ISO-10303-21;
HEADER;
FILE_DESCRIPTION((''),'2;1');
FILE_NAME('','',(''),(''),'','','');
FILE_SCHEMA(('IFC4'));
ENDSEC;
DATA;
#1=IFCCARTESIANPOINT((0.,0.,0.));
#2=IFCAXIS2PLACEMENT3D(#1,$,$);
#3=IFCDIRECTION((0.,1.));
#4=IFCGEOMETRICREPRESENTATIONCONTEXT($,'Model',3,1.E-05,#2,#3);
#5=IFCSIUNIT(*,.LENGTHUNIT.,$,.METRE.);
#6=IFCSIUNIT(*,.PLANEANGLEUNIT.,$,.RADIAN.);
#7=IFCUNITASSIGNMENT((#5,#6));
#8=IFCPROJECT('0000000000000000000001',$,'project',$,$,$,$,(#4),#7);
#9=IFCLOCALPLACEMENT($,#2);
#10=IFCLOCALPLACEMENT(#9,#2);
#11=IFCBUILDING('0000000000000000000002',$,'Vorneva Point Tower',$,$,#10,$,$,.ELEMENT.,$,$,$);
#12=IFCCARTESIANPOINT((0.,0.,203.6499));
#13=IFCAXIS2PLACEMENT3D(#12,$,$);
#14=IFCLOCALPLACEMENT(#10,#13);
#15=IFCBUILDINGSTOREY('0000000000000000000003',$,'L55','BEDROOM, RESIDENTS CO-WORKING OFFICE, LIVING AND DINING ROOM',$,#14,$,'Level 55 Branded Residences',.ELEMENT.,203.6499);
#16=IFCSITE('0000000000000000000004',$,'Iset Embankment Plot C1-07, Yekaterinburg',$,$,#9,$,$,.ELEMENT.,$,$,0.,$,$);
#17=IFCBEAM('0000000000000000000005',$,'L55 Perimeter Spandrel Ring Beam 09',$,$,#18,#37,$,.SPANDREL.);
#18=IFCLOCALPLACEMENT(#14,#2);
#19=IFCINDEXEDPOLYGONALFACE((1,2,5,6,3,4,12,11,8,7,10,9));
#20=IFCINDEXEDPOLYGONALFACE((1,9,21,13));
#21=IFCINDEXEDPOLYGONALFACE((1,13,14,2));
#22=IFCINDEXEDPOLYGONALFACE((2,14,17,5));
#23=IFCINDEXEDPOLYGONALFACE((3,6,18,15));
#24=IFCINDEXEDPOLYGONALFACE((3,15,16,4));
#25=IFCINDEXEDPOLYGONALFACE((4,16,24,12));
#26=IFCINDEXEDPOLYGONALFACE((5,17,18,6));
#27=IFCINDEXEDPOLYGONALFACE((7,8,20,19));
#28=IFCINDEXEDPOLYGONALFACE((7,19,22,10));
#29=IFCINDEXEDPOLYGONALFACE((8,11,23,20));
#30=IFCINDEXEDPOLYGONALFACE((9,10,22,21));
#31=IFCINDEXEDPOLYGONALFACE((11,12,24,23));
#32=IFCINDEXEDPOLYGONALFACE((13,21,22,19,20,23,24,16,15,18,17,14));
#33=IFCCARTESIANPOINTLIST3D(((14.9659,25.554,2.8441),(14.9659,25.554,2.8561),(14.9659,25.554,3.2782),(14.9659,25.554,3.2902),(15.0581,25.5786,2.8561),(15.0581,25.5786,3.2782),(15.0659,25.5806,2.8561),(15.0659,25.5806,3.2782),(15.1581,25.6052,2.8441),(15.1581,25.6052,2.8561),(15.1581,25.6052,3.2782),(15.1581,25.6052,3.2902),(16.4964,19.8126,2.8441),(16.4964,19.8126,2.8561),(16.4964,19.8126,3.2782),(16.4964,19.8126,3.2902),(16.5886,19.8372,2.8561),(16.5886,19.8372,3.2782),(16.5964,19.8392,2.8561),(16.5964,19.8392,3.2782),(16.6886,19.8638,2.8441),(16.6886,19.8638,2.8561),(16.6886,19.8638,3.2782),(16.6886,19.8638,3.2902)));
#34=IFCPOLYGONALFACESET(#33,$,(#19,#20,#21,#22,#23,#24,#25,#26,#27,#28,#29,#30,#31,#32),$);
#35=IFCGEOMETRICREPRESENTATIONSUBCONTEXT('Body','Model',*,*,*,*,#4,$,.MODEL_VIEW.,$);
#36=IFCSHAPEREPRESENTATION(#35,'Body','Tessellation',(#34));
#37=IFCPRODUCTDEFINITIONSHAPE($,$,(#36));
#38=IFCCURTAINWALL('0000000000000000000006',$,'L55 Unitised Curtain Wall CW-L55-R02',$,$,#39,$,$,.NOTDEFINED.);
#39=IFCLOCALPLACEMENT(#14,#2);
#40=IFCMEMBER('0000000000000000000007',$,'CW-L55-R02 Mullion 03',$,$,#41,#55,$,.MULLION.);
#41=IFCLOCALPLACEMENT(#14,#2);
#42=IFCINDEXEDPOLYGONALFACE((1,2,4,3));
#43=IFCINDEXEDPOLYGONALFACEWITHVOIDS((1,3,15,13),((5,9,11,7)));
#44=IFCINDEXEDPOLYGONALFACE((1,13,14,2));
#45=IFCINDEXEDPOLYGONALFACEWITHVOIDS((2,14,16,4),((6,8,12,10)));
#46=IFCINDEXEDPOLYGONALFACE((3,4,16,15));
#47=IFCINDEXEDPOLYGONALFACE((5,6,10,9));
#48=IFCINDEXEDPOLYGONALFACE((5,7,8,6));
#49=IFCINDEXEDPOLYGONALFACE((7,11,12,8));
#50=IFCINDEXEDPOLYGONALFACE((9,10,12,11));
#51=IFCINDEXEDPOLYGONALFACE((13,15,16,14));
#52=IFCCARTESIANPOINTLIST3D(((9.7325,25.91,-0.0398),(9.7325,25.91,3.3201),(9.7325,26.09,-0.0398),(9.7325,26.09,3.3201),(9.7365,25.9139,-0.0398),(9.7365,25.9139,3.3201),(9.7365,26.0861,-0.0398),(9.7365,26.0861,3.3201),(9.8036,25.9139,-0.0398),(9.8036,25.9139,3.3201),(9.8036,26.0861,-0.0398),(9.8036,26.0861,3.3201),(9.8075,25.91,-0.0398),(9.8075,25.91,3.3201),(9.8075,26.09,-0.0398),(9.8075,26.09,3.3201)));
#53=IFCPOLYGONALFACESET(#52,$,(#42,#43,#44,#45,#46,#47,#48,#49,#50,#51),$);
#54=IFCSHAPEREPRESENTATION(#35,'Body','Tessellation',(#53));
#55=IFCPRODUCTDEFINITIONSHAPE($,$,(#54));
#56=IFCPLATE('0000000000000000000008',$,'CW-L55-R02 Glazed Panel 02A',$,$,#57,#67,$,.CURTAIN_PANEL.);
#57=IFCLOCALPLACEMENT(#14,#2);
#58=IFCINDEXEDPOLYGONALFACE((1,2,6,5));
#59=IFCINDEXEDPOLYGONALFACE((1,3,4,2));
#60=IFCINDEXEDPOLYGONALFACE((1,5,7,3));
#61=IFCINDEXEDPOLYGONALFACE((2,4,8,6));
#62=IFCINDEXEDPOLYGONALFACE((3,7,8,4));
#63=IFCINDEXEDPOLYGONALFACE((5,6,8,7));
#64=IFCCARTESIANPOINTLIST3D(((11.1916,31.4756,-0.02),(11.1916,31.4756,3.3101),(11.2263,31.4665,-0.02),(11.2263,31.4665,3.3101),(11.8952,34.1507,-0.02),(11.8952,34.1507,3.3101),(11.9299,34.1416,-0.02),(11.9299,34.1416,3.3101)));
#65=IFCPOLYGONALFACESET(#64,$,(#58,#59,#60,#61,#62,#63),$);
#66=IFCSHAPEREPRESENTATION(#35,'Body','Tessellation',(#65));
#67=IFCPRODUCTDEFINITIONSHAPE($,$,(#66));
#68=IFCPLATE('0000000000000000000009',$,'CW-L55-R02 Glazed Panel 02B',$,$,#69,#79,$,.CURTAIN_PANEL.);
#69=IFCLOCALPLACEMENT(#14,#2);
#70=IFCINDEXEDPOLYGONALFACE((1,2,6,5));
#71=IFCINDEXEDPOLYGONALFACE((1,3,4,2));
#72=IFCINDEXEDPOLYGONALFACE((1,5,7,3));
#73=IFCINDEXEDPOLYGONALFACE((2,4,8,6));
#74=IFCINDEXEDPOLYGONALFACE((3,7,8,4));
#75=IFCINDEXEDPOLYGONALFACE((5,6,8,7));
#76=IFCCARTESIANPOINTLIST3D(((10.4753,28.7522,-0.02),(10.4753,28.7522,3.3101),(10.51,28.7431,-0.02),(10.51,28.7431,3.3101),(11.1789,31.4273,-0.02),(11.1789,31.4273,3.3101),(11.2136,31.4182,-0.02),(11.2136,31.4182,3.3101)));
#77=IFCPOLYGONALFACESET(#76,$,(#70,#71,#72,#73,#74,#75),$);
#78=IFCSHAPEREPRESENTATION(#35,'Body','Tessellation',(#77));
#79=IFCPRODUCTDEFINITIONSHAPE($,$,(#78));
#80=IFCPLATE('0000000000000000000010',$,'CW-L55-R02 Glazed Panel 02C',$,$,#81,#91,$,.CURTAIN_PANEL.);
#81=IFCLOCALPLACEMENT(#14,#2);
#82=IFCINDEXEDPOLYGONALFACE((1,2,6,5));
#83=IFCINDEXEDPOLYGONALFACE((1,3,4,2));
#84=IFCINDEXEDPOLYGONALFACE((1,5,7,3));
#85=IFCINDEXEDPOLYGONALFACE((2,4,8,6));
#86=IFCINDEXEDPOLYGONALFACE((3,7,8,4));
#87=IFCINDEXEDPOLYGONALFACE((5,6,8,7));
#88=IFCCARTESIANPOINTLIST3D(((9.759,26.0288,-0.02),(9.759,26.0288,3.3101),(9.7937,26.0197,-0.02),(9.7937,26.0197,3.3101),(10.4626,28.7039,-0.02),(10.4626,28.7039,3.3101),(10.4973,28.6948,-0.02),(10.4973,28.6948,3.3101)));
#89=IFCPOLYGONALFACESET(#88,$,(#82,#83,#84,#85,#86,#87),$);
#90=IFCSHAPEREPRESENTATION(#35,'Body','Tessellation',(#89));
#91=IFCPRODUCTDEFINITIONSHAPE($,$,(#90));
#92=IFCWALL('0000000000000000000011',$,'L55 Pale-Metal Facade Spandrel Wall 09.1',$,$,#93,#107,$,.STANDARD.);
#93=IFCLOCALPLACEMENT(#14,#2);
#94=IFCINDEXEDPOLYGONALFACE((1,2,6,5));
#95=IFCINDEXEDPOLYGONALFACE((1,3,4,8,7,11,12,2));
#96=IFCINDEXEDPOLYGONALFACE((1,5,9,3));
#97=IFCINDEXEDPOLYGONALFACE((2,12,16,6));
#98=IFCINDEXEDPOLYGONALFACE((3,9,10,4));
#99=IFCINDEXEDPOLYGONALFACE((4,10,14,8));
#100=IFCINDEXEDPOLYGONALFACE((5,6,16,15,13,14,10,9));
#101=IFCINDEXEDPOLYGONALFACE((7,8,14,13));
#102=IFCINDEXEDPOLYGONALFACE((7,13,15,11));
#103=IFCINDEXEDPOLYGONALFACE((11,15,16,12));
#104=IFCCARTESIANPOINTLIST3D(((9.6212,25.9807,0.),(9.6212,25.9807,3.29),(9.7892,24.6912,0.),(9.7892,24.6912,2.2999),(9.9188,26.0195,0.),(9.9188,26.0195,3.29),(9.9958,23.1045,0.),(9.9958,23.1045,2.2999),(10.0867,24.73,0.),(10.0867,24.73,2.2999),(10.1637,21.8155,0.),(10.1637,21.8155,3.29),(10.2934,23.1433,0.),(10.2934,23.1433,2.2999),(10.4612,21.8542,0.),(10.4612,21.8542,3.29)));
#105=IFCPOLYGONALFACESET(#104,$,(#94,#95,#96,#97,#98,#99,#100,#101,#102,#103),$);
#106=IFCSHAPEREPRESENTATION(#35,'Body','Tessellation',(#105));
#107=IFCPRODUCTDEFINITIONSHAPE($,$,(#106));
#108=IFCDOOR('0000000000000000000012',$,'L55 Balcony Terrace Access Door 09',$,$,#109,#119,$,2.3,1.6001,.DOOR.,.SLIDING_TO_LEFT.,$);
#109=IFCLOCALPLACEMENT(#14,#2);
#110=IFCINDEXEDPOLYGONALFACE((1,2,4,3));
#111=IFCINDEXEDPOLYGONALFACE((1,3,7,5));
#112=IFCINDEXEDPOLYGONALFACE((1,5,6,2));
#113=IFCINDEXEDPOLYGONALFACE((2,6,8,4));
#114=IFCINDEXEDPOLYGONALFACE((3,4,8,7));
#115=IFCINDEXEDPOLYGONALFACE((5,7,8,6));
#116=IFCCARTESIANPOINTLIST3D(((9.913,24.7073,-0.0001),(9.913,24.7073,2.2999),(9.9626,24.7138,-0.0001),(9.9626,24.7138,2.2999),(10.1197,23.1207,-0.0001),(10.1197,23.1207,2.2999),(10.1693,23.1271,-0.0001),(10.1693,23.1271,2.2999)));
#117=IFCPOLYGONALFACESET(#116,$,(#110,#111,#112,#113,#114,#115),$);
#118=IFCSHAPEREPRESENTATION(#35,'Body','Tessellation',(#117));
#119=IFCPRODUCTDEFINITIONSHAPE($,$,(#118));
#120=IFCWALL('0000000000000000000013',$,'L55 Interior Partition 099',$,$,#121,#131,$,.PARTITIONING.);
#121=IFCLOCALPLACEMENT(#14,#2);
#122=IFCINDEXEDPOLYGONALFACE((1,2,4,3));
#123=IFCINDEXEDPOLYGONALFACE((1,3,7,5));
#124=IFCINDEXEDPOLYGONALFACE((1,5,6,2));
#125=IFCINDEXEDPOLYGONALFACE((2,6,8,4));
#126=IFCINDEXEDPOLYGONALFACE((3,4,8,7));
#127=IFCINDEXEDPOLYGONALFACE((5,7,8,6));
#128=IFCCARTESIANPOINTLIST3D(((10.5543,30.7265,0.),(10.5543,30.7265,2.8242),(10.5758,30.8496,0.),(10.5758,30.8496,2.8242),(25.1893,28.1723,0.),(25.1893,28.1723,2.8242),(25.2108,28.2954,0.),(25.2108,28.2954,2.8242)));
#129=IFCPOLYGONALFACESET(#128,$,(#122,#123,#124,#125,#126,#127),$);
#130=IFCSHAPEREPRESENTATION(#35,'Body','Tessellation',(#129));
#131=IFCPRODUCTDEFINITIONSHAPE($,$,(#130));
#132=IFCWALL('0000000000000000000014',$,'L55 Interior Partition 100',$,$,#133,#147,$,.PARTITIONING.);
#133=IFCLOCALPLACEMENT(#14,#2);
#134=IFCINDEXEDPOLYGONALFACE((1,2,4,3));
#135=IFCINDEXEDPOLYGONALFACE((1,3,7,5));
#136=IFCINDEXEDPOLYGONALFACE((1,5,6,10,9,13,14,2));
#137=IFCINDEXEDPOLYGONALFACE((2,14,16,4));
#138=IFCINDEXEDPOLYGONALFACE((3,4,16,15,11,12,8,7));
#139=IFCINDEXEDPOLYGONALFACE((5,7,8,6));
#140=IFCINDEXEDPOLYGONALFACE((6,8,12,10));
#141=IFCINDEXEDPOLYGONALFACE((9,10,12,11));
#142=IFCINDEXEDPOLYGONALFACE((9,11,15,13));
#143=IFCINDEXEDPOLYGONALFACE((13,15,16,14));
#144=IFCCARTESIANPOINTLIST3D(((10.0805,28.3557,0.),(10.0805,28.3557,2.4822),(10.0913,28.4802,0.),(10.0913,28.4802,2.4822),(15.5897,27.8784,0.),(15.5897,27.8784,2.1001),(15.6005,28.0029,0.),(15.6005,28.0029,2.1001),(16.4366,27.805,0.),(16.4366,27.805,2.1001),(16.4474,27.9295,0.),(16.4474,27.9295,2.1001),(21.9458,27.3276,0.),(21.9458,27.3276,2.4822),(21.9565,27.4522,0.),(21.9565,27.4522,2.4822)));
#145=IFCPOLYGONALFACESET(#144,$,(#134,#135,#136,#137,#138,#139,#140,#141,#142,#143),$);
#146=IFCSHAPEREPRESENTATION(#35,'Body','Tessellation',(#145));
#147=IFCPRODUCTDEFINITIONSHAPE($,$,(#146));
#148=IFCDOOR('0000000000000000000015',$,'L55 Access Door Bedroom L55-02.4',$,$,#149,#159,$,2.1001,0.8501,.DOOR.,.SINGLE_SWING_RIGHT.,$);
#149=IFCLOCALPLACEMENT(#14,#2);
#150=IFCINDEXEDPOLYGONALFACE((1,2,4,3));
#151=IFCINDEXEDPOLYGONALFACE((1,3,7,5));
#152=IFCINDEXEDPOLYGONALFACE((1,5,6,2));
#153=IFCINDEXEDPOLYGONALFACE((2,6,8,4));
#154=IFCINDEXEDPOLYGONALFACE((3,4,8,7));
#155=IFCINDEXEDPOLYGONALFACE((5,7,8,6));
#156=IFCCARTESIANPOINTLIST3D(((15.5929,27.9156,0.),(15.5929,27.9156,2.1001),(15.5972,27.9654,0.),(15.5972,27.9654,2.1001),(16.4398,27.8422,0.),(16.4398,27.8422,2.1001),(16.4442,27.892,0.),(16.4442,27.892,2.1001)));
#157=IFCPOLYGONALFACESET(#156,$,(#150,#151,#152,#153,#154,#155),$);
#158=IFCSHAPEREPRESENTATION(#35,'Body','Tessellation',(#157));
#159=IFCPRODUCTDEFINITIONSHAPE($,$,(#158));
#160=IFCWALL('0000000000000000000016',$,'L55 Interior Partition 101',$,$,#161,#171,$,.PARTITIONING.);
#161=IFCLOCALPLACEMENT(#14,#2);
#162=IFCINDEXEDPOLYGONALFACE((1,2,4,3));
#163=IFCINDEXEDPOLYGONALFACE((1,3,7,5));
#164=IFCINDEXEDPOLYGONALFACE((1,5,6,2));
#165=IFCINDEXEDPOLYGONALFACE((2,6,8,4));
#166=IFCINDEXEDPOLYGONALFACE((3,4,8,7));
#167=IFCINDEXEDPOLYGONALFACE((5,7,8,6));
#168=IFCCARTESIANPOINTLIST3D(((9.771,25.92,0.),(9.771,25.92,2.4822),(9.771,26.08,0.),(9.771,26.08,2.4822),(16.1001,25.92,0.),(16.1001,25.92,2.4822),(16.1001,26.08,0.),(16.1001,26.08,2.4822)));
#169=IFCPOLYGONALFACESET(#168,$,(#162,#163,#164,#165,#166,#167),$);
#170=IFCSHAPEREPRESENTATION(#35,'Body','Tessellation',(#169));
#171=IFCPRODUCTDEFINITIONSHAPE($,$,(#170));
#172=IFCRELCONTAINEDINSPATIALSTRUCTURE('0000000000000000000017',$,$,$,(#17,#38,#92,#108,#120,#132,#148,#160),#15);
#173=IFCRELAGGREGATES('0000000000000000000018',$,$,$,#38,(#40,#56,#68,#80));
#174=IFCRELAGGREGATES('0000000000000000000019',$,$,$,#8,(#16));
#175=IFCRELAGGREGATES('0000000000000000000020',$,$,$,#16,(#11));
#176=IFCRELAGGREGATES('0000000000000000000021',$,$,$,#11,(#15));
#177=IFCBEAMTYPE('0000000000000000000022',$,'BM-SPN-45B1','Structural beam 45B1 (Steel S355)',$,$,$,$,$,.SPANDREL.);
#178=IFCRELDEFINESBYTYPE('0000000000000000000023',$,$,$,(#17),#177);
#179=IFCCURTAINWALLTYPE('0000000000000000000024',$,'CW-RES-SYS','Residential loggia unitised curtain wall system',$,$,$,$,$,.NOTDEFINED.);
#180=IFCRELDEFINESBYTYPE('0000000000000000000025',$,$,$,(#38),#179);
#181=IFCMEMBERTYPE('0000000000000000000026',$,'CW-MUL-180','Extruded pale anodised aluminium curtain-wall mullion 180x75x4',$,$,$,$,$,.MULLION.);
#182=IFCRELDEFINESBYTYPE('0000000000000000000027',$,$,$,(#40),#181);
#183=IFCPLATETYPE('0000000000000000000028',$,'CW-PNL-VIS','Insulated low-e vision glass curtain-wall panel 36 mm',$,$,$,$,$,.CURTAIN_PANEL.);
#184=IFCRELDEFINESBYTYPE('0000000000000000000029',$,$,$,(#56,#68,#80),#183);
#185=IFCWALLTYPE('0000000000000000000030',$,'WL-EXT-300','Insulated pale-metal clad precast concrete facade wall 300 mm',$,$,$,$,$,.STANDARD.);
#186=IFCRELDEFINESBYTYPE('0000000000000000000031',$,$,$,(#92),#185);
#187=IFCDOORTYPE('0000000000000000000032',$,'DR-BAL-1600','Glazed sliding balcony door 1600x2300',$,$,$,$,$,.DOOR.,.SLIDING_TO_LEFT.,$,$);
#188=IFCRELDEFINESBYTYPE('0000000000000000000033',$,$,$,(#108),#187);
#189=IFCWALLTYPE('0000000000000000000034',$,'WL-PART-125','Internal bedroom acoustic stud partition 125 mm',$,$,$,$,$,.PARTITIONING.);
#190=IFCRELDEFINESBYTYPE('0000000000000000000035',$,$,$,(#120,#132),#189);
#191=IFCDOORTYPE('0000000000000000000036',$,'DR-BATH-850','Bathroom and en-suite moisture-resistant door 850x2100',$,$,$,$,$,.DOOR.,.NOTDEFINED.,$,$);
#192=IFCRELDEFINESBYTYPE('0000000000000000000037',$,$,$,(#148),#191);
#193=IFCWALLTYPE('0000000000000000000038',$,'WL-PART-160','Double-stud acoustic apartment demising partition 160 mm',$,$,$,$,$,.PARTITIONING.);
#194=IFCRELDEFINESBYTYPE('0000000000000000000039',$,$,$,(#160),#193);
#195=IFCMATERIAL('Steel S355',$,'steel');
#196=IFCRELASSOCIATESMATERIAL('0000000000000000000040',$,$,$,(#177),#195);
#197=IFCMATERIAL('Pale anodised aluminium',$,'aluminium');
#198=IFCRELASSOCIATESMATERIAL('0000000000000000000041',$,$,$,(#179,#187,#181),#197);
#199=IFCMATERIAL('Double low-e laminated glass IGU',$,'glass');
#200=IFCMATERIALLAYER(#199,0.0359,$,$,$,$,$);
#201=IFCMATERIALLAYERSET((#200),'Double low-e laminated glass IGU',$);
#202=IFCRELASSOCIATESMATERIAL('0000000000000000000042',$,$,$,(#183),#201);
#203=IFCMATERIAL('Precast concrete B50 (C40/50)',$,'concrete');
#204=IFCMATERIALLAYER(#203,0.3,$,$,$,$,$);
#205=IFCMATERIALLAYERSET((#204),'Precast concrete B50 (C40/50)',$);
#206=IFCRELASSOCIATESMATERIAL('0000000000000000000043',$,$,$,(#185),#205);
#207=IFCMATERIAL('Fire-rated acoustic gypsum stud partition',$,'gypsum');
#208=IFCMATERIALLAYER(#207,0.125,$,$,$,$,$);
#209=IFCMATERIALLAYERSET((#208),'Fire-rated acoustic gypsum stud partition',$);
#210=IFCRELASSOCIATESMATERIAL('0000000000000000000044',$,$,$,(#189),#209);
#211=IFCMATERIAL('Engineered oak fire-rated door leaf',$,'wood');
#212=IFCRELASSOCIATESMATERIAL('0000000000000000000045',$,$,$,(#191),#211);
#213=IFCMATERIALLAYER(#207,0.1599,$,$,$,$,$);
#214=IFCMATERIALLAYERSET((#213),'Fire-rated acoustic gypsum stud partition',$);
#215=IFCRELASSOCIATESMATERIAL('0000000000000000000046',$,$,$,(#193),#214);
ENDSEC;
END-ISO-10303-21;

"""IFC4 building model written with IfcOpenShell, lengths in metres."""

from ifc_helpers import new_model, si_unit, direction, frame, frame_2d, origin, origin_2d, place, context, subcontext, project, spatial, rectangle, hollow_rectangle, i_section, extrude, material, layer, layer_set, material_profile, profile_set, type_object, element, fill, aggregate, save


model = new_model("IFC4")

# Units and contexts
model_context = context("Model", 3, precision=1e-05, world=origin(), true_north=direction((0.0, 1.0)))
body_context = subcontext(model_context, "Body", "Model", "MODEL_VIEW")
ifc_project = project(units=[si_unit("LENGTHUNIT", "METRE"), si_unit("PLANEANGLEUNIT", "RADIAN")], contexts=[model_context])

# Site, building, storey
site_placement = place(None, origin())
site = spatial("IfcSite", under=ifc_project, at=site_placement, Name="Iset Embankment Plot C1-07, Yekaterinburg", CompositionType="ELEMENT", RefElevation=0.0)
building_placement = place(site_placement, origin())
building = spatial("IfcBuilding", under=site, at=building_placement, Name="Vorneva Point Tower", CompositionType="ELEMENT")
storey_placement = place(building_placement, frame((0.0, 0.0, 203.6499)))
storey = spatial("IfcBuildingStorey", under=building, at=storey_placement, Name="L55", Description="BEDROOM, RESIDENTS CO-WORKING OFFICE, LIVING AND DINING ROOM", LongName="Level 55 Branded Residences", CompositionType="ELEMENT", Elevation=203.6499)

# Beam
ifc_material_1 = material(Name="Steel S355", Category="steel")
ifc_material_profile_1 = material_profile(ifc_material_1, i_section(OverallWidth=0.199, OverallDepth=0.446, WebThickness=0.0081, FlangeThickness=0.012, at=origin_2d()), Name="45B1")
ifc_profile_set_1 = profile_set([ifc_material_profile_1], Name="Steel S355")
beam_type_1 = type_object("IfcBeamType", Name="BM-SPN-45B1", Description="Structural beam 45B1 (Steel S355)", PredefinedType="SPANDREL", material=ifc_profile_set_1)
for number, where, z_axis, x_axis, name in (
    (1, (15.062, 25.5796, 3.0671), (0.257578, -0.966257, 0.0), (0.966257, 0.257578, 0.0), "L55 Perimeter Spandrel Ring Beam 09"),
):
    element("IfcBeam", number, at=place(storey_placement, frame(where, z_axis=z_axis, x_axis=x_axis)), inside=storey, type_object=beam_type_1, Name=name, PredefinedType="SPANDREL", context=body_context, shape_type="SweptSolid", body=[
        extrude(i_section(OverallWidth=0.199, OverallDepth=0.446, WebThickness=0.0081, FlangeThickness=0.012, at=origin_2d()), origin(), (0.0, 0.0, 1.0), 5.9419),
    ])

# Curtain wall, member, plates
ifc_material_2 = material(Name="Pale anodised aluminium", Category="aluminium")
curtain_wall_type = type_object("IfcCurtainWallType", Name="CW-RES-SYS", Description="Residential loggia unitised curtain wall system", PredefinedType="NOTDEFINED", material=ifc_material_2)
curtain_wall_placement = place(storey_placement, origin())
curtain_wall = element("IfcCurtainWall", 2, at=curtain_wall_placement, inside=storey, type_object=curtain_wall_type, Name="L55 Unitised Curtain Wall CW-L55-R02", PredefinedType="NOTDEFINED")
ifc_material_profile_2 = material_profile(ifc_material_2, hollow_rectangle(XDim=0.075, YDim=0.1799, WallThickness=0.0039, at=origin_2d()), Name="AL-MUL 180x75x4")
ifc_profile_set_2 = profile_set([ifc_material_profile_2], Name="Pale anodised aluminium")
member_type = type_object("IfcMemberType", Name="CW-MUL-180", Description="Extruded pale anodised aluminium curtain-wall mullion 180x75x4", PredefinedType="MULLION", material=ifc_profile_set_2)
member_placement = place(storey_placement, frame((9.77, 26.0, -0.0398), z_axis=(0.0, 0.0, 1.0), x_axis=(1.0, 0.0, 0.0)))
member = element("IfcMember", 3, at=member_placement, type_object=member_type, Name="CW-L55-R02 Mullion 03", PredefinedType="MULLION", context=body_context, shape_type="SweptSolid", body=[
    extrude(hollow_rectangle(XDim=0.075, YDim=0.1799, WallThickness=0.0039, at=origin_2d()), origin(), (0.0, 0.0, 1.0), 3.3599),
])
ifc_material_3 = material(Name="Double low-e laminated glass IGU", Category="glass")
ifc_layer_1 = layer(ifc_material_3, 0.0359)
ifc_layer_set_1 = layer_set([ifc_layer_1], Name="Double low-e laminated glass IGU")
plate_type = type_object("IfcPlateType", Name="CW-PNL-VIS", Description="Insulated low-e vision glass curtain-wall panel 36 mm", PredefinedType="CURTAIN_PANEL", material=ifc_layer_set_1)
plate_1_placement = place(storey_placement, frame((11.5608, 32.8086, -0.02), z_axis=(0.0, 0.0, 1.0), x_axis=(-0.254366, -0.967108, 0.0)))
plate_1 = element("IfcPlate", 4, at=plate_1_placement, type_object=plate_type, Name="CW-L55-R02 Glazed Panel 02A", PredefinedType="CURTAIN_PANEL", context=body_context, shape_type="SweptSolid", body=[
    extrude(rectangle(XDim=2.7661, YDim=0.0359, at=origin_2d()), origin(), (0.0, 0.0, 1.0), 3.3301),
])
plate_2_placement = place(storey_placement, frame((10.8445, 30.0852, -0.02), z_axis=(0.0, 0.0, 1.0), x_axis=(-0.254366, -0.967108, 0.0)))
plate_2 = element("IfcPlate", 5, at=plate_2_placement, type_object=plate_type, Name="CW-L55-R02 Glazed Panel 02B", PredefinedType="CURTAIN_PANEL", context=body_context, shape_type="SweptSolid", body=[
    extrude(rectangle(XDim=2.7661, YDim=0.0359, at=origin_2d()), origin(), (0.0, 0.0, 1.0), 3.3301),
])
plate_3_placement = place(storey_placement, frame((10.1282, 27.3618, -0.02), z_axis=(0.0, 0.0, 1.0), x_axis=(-0.254366, -0.967108, 0.0)))
plate_3 = element("IfcPlate", 6, at=plate_3_placement, type_object=plate_type, Name="CW-L55-R02 Glazed Panel 02C", PredefinedType="CURTAIN_PANEL", context=body_context, shape_type="SweptSolid", body=[
    extrude(rectangle(XDim=2.7661, YDim=0.0359, at=origin_2d()), origin(), (0.0, 0.0, 1.0), 3.3301),
])
aggregate(curtain_wall, [member, plate_1, plate_2, plate_3])

# Wall, opening, door
ifc_material_4 = material(Name="Precast concrete B50 (C40/50)", Category="concrete")
ifc_layer_2 = layer(ifc_material_4, 0.3)
ifc_layer_set_2 = layer_set([ifc_layer_2], Name="Precast concrete B50 (C40/50)")
wall_type_1 = type_object("IfcWallType", Name="WL-EXT-300", Description="Insulated pale-metal clad precast concrete facade wall 300 mm", PredefinedType="STANDARD", material=ifc_layer_set_2)
wall_1_placement = place(storey_placement, frame((9.77, 26.0, 0.0), z_axis=(0.0, 0.0, 1.0), x_axis=(0.129148, -0.991625, 0.0)))
wall_1 = element("IfcWall", 7, at=wall_1_placement, inside=storey, type_object=wall_type_1, Name="L55 Pale-Metal Facade Spandrel Wall 09.1", PredefinedType="STANDARD", context=body_context, shape_type="SweptSolid", body=[
    extrude(rectangle(XDim=4.2004, YDim=0.3, at=frame_2d((2.1001, 0.0))), origin(), (0.0, 0.0, 1.0), 3.29),
])
opening_1_placement = place(wall_1_placement, frame((1.3003, 0.0, 0.0)))
opening_1 = element("IfcOpeningElement", 8, at=opening_1_placement, cuts=wall_1, PredefinedType="OPENING", context=body_context, shape_type="SweptSolid", body=[
    extrude(rectangle(XDim=1.6001, YDim=2.3, at=frame_2d((0.8, 1.1499))), frame((0.0, 0.165, 0.0), z_axis=(0.0, -1.0, 0.0), x_axis=(1.0, 0.0, 0.0)), (0.0, 0.0, 1.0), 0.3298),
])
door_type_1 = type_object("IfcDoorType", Name="DR-BAL-1600", Description="Glazed sliding balcony door 1600x2300", OperationType="SLIDING_TO_LEFT", PredefinedType="DOOR", material=ifc_material_2)
door_1_placement = place(opening_1_placement, origin())
door_1 = element("IfcDoor", 9, at=door_1_placement, inside=storey, type_object=door_type_1, Name="L55 Balcony Terrace Access Door 09", OperationType="SLIDING_TO_LEFT", OverallHeight=2.3, OverallWidth=1.6001, PredefinedType="DOOR", context=body_context, shape_type="SweptSolid", body=[
    extrude(rectangle(XDim=1.6001, YDim=2.3, at=frame_2d((0.8, 1.1499))), frame((0.0, 0.0249, 0.0), z_axis=(0.0, -1.0, 0.0), x_axis=(1.0, 0.0, 0.0)), (0.0, 0.0, 1.0), 0.05),
])
fill(opening_1, door_1)

# Wall
ifc_material_5 = material(Name="Fire-rated acoustic gypsum stud partition", Category="gypsum")
ifc_layer_3 = layer(ifc_material_5, 0.125)
ifc_layer_set_3 = layer_set([ifc_layer_3], Name="Fire-rated acoustic gypsum stud partition")
wall_type_2 = type_object("IfcWallType", Name="WL-PART-125", Description="Internal bedroom acoustic stud partition 125 mm", PredefinedType="PARTITIONING", material=ifc_layer_set_3)
wall_2_placement = place(storey_placement, frame((10.5649, 30.7881, 0.0), z_axis=(0.0, 0.0, 1.0), x_axis=(0.98511, -0.171928, 0.0)))
element("IfcWall", 10, at=wall_2_placement, inside=storey, type_object=wall_type_2, Name="L55 Interior Partition 099", PredefinedType="PARTITIONING", context=body_context, shape_type="SweptSolid", body=[
    extrude(rectangle(XDim=14.8562, YDim=0.125, at=frame_2d((7.4282, 0.0))), origin(), (0.0, 0.0, 1.0), 2.8242),
])

# Wall, opening, door
wall_3_placement = place(storey_placement, frame((10.0859, 28.418, 0.0), z_axis=(0.0, 0.0, 1.0), x_axis=(0.996267, -0.086323, 0.0)))
wall_3 = element("IfcWall", 11, at=wall_3_placement, inside=storey, type_object=wall_type_2, Name="L55 Interior Partition 100", PredefinedType="PARTITIONING", context=body_context, shape_type="SweptSolid", body=[
    extrude(rectangle(XDim=11.9097, YDim=0.125, at=frame_2d((5.9548, 0.0))), origin(), (0.0, 0.0, 1.0), 2.4822),
])
opening_2_placement = place(wall_3_placement, frame((5.5298, 0.0, 0.0)))
opening_2 = element("IfcOpeningElement", 12, at=opening_2_placement, cuts=wall_3, PredefinedType="OPENING", context=body_context, shape_type="SweptSolid", body=[
    extrude(rectangle(XDim=0.8501, YDim=2.1001, at=frame_2d((0.425, 1.05))), frame((0.0, 0.0774, 0.0), z_axis=(0.0, -1.0, 0.0), x_axis=(1.0, 0.0, 0.0)), (0.0, 0.0, 1.0), 0.1548),
])
ifc_material_6 = material(Name="Engineered oak fire-rated door leaf", Category="wood")
door_type_2 = type_object("IfcDoorType", Name="DR-BATH-850", Description="Bathroom and en-suite moisture-resistant door 850x2100", OperationType="NOTDEFINED", PredefinedType="DOOR", material=ifc_material_6)
door_2_placement = place(opening_2_placement, origin())
door_2 = element("IfcDoor", 13, at=door_2_placement, inside=storey, type_object=door_type_2, Name="L55 Access Door Bedroom L55-02.4", OperationType="SINGLE_SWING_RIGHT", OverallHeight=2.1001, OverallWidth=0.8501, PredefinedType="DOOR", context=body_context, shape_type="SweptSolid", body=[
    extrude(rectangle(XDim=0.8501, YDim=2.1001, at=frame_2d((0.425, 1.05))), frame((0.0, 0.0249, 0.0), z_axis=(0.0, -1.0, 0.0), x_axis=(1.0, 0.0, 0.0)), (0.0, 0.0, 1.0), 0.05),
])
fill(opening_2, door_2)

# Wall
ifc_layer_4 = layer(ifc_material_5, 0.1599)
ifc_layer_set_4 = layer_set([ifc_layer_4], Name="Fire-rated acoustic gypsum stud partition")
wall_type_3 = type_object("IfcWallType", Name="WL-PART-160", Description="Double-stud acoustic apartment demising partition 160 mm", PredefinedType="PARTITIONING", material=ifc_layer_set_4)
wall_4_placement = place(storey_placement, frame((9.771, 26.0, 0.0), z_axis=(0.0, 0.0, 1.0), x_axis=(1.0, 0.0, 0.0)))
element("IfcWall", 14, at=wall_4_placement, inside=storey, type_object=wall_type_3, Name="L55 Interior Partition 101", PredefinedType="PARTITIONING", context=body_context, shape_type="SweptSolid", body=[
    extrude(rectangle(XDim=6.3291, YDim=0.1599, at=frame_2d((3.1646, 0.0))), origin(), (0.0, 0.0, 1.0), 2.4822),
])

save(model, "model.ifc")
